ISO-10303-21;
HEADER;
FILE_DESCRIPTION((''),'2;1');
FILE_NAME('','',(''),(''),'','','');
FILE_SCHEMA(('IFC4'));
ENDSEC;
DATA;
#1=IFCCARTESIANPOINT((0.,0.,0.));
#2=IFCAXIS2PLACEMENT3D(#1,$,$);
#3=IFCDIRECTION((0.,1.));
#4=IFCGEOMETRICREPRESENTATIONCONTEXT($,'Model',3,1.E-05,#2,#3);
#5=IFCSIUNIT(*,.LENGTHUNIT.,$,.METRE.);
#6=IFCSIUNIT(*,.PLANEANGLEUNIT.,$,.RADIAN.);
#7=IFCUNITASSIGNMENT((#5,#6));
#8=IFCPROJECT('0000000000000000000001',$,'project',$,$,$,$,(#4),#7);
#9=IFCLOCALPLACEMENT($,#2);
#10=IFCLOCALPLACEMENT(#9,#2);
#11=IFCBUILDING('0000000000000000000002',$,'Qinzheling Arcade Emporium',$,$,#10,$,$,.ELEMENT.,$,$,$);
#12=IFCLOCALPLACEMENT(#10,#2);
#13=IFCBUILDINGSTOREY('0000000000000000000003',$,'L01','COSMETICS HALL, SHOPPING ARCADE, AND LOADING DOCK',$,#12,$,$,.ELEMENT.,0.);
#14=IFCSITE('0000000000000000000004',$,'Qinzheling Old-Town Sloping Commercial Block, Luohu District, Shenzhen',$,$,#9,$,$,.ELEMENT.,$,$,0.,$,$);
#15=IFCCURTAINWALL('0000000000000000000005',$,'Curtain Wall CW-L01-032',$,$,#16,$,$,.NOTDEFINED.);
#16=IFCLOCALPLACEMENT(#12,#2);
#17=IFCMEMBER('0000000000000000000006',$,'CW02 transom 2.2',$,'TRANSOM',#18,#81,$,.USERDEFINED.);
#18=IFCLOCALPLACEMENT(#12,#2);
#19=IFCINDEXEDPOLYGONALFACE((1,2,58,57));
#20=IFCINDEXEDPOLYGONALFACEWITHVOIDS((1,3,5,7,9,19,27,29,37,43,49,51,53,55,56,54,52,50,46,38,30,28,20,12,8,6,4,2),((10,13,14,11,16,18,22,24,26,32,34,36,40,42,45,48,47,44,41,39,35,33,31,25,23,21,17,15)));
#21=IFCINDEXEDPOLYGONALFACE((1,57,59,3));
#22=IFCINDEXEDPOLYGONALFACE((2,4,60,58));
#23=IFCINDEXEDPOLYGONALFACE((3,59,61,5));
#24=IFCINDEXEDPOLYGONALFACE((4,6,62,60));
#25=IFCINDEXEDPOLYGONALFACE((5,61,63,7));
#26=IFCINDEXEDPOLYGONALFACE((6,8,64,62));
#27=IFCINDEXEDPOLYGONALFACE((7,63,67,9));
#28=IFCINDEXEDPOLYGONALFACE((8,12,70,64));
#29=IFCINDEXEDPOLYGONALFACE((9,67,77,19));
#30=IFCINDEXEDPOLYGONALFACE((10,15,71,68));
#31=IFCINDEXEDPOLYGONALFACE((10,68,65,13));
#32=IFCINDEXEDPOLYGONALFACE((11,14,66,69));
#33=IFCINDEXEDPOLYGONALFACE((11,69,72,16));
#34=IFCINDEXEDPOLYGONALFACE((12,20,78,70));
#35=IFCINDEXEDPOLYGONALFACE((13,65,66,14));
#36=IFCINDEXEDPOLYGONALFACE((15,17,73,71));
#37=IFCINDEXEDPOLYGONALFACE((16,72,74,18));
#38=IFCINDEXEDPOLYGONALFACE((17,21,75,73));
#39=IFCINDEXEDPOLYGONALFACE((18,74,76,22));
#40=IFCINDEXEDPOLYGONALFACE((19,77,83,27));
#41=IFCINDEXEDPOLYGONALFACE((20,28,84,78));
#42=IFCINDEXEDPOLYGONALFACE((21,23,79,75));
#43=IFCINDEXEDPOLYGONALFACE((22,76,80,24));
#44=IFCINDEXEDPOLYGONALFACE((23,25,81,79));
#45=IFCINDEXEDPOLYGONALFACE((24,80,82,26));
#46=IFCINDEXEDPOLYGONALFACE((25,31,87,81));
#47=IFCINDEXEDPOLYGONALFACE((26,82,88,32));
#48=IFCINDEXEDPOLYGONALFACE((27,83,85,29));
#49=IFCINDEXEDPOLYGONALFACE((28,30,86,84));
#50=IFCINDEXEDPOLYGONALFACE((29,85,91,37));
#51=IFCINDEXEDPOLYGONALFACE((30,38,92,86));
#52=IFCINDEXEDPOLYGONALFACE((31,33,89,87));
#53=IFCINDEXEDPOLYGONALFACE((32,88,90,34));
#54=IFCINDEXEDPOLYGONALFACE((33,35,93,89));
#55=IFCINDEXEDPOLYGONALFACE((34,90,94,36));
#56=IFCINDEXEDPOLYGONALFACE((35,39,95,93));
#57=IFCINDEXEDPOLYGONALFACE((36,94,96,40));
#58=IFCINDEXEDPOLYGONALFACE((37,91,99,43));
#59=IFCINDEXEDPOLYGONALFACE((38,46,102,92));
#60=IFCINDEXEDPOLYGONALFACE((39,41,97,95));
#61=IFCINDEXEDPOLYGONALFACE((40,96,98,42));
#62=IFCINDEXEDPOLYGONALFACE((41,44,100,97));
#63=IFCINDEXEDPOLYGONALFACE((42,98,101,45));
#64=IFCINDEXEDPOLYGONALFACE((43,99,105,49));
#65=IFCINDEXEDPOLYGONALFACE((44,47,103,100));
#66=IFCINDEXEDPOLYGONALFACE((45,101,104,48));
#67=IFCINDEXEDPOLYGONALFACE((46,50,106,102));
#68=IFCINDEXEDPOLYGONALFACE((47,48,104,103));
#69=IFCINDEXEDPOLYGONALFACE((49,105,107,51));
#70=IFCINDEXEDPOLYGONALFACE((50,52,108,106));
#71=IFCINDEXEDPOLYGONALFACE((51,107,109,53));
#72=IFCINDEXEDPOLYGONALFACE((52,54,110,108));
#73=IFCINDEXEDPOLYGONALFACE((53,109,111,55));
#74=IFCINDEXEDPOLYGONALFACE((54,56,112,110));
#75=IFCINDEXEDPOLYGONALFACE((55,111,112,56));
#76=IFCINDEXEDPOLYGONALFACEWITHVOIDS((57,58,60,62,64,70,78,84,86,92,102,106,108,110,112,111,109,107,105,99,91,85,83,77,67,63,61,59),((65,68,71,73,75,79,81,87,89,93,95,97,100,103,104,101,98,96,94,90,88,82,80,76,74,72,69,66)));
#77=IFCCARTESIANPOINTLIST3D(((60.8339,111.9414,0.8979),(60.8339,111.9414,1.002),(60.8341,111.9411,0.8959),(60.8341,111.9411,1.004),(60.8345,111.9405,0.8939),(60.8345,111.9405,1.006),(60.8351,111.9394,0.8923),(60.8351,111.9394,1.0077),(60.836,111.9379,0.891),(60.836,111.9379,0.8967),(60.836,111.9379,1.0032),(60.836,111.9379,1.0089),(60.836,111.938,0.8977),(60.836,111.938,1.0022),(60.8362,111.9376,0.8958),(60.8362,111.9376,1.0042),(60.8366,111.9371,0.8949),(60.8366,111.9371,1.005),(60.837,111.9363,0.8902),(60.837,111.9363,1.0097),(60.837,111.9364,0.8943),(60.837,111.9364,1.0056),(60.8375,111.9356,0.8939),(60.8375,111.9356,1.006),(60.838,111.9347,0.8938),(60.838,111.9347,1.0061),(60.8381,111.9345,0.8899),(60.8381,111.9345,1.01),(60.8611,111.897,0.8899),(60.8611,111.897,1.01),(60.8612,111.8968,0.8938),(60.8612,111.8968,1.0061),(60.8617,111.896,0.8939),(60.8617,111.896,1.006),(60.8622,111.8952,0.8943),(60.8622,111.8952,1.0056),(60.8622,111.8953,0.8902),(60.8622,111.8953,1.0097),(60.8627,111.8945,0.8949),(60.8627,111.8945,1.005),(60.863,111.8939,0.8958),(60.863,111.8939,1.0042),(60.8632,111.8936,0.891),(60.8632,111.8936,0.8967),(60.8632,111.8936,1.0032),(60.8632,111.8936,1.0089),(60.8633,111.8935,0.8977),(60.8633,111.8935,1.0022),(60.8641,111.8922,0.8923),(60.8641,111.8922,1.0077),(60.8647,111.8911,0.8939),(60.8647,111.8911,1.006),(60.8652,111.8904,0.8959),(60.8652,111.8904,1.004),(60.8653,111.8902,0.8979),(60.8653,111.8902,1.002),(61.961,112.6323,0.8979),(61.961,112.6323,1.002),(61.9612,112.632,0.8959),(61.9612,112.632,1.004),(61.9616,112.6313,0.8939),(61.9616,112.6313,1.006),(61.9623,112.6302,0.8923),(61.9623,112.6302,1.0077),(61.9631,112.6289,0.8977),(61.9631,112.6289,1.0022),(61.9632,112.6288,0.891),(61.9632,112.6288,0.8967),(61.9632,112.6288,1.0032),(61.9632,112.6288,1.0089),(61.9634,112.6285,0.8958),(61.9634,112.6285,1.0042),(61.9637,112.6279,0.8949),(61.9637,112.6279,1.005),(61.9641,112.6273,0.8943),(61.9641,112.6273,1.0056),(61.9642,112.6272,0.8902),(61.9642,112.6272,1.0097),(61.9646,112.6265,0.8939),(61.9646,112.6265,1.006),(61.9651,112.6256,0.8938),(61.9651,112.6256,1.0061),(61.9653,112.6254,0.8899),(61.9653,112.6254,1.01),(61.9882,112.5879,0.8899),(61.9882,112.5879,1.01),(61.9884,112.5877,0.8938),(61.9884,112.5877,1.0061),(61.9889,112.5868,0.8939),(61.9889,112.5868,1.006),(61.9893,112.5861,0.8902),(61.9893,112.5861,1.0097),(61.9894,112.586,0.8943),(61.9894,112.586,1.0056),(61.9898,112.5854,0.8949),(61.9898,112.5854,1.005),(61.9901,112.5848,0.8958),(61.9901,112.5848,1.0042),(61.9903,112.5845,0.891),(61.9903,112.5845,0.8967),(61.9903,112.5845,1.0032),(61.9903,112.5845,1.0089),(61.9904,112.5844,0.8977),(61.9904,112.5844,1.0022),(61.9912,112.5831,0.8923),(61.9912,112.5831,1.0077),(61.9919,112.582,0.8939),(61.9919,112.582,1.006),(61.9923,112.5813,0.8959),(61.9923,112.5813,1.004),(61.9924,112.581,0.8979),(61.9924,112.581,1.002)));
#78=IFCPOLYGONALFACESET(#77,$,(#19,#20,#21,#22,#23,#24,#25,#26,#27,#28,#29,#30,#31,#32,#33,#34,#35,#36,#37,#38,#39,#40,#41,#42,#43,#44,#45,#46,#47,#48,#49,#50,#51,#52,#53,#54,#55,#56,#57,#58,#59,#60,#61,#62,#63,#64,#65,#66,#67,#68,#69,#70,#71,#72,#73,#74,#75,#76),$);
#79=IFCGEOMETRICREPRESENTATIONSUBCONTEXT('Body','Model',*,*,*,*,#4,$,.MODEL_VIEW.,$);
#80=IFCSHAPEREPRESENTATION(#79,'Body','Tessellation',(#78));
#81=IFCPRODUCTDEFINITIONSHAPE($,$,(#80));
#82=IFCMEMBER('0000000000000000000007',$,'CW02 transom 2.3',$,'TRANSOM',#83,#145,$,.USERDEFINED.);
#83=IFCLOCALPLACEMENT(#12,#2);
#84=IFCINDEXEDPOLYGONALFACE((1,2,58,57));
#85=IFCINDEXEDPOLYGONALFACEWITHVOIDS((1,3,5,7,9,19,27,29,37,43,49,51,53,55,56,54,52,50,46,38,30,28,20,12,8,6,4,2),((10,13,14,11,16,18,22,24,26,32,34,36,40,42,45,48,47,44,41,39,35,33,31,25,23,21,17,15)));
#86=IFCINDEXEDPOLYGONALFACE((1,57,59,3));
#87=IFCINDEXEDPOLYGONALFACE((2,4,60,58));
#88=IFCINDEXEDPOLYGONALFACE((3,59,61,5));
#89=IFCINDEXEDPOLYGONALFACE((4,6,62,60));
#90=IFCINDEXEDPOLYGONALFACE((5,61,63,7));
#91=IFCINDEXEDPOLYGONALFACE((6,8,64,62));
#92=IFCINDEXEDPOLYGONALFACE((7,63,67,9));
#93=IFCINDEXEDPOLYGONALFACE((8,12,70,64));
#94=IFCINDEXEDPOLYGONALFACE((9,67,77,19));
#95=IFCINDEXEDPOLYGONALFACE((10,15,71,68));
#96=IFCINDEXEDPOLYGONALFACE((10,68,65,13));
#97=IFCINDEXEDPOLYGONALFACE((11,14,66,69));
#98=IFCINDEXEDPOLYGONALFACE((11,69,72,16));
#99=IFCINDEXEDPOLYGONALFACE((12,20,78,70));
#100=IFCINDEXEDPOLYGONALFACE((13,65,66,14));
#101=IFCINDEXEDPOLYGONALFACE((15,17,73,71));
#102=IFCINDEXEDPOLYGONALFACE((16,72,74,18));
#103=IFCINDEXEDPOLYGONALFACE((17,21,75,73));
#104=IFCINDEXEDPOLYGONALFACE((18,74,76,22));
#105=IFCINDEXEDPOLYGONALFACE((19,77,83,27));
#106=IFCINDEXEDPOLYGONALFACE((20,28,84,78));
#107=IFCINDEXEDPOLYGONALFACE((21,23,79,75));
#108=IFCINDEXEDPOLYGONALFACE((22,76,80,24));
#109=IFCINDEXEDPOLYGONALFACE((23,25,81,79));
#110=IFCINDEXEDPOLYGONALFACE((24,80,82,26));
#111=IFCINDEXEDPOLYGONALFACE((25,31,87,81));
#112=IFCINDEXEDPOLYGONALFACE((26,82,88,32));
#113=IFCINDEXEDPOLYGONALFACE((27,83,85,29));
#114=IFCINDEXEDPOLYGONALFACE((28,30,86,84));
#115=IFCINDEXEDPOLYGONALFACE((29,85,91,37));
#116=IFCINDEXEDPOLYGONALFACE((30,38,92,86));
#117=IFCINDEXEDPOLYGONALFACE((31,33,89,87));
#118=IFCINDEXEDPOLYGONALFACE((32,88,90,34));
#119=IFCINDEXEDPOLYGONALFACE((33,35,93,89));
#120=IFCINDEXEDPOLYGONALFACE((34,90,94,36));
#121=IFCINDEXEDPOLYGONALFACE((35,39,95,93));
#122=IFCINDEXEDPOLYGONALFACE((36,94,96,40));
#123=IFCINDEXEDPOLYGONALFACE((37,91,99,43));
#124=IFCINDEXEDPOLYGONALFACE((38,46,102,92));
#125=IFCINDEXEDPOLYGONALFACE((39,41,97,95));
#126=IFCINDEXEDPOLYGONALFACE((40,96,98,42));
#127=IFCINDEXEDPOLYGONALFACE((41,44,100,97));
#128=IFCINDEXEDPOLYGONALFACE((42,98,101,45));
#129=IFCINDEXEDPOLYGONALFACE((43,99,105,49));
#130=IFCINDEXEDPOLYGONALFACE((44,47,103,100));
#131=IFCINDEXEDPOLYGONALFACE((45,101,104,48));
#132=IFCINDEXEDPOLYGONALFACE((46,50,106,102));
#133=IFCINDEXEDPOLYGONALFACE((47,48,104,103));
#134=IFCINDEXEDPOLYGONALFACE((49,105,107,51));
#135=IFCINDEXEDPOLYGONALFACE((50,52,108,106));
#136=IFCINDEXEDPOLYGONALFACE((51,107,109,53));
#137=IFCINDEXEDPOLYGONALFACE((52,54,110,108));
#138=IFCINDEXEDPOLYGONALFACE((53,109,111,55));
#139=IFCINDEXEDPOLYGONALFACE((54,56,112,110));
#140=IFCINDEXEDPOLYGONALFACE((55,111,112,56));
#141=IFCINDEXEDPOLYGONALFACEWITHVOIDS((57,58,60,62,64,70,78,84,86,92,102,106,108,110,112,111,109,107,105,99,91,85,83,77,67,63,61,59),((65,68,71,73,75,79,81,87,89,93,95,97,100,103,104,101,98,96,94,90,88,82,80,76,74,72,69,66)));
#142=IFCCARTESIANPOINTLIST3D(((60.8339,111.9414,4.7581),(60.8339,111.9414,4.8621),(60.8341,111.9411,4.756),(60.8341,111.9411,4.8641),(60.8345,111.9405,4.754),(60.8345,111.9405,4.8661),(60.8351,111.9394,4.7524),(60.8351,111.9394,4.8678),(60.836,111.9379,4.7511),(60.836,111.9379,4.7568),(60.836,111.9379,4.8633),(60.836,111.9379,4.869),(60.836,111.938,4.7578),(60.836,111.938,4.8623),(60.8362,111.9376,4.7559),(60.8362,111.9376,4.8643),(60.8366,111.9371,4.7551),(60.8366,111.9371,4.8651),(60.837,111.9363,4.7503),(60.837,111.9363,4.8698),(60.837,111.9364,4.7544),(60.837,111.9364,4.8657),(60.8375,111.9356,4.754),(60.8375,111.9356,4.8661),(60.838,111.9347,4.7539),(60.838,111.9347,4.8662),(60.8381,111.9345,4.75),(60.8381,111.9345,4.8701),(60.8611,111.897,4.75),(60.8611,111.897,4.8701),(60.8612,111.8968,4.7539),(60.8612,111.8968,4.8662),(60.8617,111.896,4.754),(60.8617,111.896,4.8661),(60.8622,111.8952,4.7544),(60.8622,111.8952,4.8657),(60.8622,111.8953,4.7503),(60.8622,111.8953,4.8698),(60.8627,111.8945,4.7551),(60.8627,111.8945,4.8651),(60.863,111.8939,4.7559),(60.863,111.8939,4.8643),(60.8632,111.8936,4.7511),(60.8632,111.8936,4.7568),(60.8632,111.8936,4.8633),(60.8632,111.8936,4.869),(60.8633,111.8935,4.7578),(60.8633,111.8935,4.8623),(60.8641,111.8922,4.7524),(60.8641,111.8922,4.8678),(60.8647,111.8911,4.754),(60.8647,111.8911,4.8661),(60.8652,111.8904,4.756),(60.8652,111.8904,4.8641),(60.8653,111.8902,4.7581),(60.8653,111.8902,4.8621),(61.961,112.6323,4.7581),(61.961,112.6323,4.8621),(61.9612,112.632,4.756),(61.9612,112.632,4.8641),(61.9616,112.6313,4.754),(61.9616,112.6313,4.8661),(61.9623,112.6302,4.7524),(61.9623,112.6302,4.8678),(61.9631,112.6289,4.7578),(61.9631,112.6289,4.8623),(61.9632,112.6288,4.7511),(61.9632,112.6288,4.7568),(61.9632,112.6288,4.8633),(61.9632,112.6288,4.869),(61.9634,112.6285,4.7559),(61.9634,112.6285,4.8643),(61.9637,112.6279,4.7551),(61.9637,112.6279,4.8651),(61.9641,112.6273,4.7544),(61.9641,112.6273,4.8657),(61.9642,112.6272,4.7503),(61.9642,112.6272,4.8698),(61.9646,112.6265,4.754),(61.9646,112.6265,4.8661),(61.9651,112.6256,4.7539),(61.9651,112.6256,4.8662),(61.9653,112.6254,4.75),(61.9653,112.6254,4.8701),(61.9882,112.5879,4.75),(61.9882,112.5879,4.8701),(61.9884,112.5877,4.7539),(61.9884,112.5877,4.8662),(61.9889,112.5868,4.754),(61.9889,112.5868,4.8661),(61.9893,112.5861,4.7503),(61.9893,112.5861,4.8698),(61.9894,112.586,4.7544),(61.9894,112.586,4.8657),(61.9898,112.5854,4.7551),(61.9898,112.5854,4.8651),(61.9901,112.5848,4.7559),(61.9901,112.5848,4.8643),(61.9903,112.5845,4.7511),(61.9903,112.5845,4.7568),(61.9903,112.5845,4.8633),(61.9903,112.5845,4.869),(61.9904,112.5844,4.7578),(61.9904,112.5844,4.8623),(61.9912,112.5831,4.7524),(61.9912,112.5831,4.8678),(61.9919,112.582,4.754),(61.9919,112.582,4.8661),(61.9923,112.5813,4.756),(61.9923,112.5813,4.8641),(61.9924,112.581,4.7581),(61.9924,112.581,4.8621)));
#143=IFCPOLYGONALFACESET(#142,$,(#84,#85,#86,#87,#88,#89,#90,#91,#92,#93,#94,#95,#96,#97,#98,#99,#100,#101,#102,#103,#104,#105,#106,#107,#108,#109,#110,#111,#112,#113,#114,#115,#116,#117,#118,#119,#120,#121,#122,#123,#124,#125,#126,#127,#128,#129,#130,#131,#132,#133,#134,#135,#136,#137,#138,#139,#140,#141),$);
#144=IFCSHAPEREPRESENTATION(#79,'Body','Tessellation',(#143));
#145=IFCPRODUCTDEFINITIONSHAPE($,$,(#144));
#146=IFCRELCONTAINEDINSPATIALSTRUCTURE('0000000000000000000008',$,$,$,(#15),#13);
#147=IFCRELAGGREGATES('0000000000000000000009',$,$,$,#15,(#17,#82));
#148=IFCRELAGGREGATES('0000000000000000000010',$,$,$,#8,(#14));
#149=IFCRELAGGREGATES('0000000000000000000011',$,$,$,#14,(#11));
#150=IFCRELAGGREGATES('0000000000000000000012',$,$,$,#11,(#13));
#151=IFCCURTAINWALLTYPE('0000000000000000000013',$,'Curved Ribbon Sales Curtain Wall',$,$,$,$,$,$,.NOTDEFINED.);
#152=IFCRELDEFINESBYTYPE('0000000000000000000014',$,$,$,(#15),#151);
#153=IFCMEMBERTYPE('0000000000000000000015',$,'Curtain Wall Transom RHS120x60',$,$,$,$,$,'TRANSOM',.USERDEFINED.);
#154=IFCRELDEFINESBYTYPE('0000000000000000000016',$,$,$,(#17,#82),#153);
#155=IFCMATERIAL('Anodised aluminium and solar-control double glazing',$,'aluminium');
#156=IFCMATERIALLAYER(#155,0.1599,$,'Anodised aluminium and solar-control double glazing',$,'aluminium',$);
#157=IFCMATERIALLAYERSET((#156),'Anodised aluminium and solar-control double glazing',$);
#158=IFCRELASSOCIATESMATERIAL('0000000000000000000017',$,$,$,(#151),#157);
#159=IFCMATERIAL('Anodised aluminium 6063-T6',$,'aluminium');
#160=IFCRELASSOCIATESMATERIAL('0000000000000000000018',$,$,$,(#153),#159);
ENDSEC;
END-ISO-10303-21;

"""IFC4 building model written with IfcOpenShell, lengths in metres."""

from ifc_helpers import new_model, si_unit, direction, frame, origin, origin_2d, place, context, subcontext, project, spatial, hollow_rectangle, extrude, material, layer, layer_set, material_profile, profile_set, type_object, element, aggregate, save


model = new_model("IFC4")

# Units and contexts
model_context = context("Model", 3, precision=1e-05, world=origin(), true_north=direction((0.0, 1.0)))
body_context = subcontext(model_context, "Body", "Model", "MODEL_VIEW")
ifc_project = project(units=[si_unit("LENGTHUNIT", "METRE"), si_unit("PLANEANGLEUNIT", "RADIAN")], contexts=[model_context])

# Site, building, storey
site_placement = place(None, origin())
site = spatial("IfcSite", under=ifc_project, at=site_placement, Name="Qinzheling Old-Town Sloping Commercial Block, Luohu District, Shenzhen", CompositionType="ELEMENT", RefElevation=0.0)
building_placement = place(site_placement, origin())
building = spatial("IfcBuilding", under=site, at=building_placement, Name="Qinzheling Arcade Emporium", CompositionType="ELEMENT")
storey_placement = place(building_placement, origin())
storey = spatial("IfcBuildingStorey", under=building, at=storey_placement, Name="L01", Description="COSMETICS HALL, SHOPPING ARCADE, AND LOADING DOCK", CompositionType="ELEMENT", Elevation=0.0)

# Shared definitions
ifc_material_1 = material(Name="Anodised aluminium and solar-control double glazing", Category="aluminium")
ifc_layer_1 = layer(ifc_material_1, 0.1599, Name="Anodised aluminium and solar-control double glazing", Category="aluminium")
ifc_layer_set_1 = layer_set([ifc_layer_1], Name="Anodised aluminium and solar-control double glazing")
curtain_wall_type = type_object("IfcCurtainWallType", Name="Curved Ribbon Sales Curtain Wall", PredefinedType="NOTDEFINED", material=ifc_layer_set_1)
ifc_material_2 = material(Name="Anodised aluminium 6063-T6", Category="aluminium")

# Curtain wall
curtain_wall_1_placement = place(storey_placement, origin())
curtain_wall_1 = element("IfcCurtainWall", 1, at=curtain_wall_1_placement, inside=storey, type_object=curtain_wall_type, Name="Curtain Wall CW-L01-032", PredefinedType="NOTDEFINED")

# Members
ifc_material_profile_1 = material_profile(ifc_material_2, hollow_rectangle(XDim=0.0601, YDim=0.1201, WallThickness=0.0039, InnerFilletRadius=0.0039, OuterFilletRadius=0.0081, at=origin_2d()), Name="RHS 120x60x4", Category="aluminium")
ifc_profile_set_1 = profile_set([ifc_material_profile_1], Name="Anodised aluminium 6063-T6")
member_type_1 = type_object("IfcMemberType", Name="Curtain Wall Transom RHS120x60", ElementType="TRANSOM", PredefinedType="USERDEFINED", material=ifc_profile_set_1)
member_1_placement = place(storey_placement, frame((60.8496, 111.9158, 0.95), z_axis=(0.852583, 0.522592, 0.0), x_axis=(-0.522592, 0.852583, 0.0)))
member_1 = element("IfcMember", 2, at=member_1_placement, type_object=member_type_1, Name="CW02 transom 2.2", ObjectType="TRANSOM", PredefinedType="USERDEFINED", context=body_context, shape_type="SweptSolid", body=[
    extrude(hollow_rectangle(XDim=0.0601, YDim=0.1201, WallThickness=0.0039, InnerFilletRadius=0.0039, OuterFilletRadius=0.0081, at=origin_2d()), origin(), (0.0, 0.0, 1.0), 1.322),
])
member_2_placement = place(storey_placement, frame((60.8496, 111.9158, 4.8101), z_axis=(0.852583, 0.522592, 0.0), x_axis=(-0.522592, 0.852583, 0.0)))
member_2 = element("IfcMember", 3, at=member_2_placement, type_object=member_type_1, Name="CW02 transom 2.3", ObjectType="TRANSOM", PredefinedType="USERDEFINED", context=body_context, shape_type="SweptSolid", body=[
    extrude(hollow_rectangle(XDim=0.0601, YDim=0.1201, WallThickness=0.0039, InnerFilletRadius=0.0039, OuterFilletRadius=0.0081, at=origin_2d()), origin(), (0.0, 0.0, 1.0), 1.322),
])

aggregate(curtain_wall_1, [member_1, member_2])

save(model, "model.ifc")
